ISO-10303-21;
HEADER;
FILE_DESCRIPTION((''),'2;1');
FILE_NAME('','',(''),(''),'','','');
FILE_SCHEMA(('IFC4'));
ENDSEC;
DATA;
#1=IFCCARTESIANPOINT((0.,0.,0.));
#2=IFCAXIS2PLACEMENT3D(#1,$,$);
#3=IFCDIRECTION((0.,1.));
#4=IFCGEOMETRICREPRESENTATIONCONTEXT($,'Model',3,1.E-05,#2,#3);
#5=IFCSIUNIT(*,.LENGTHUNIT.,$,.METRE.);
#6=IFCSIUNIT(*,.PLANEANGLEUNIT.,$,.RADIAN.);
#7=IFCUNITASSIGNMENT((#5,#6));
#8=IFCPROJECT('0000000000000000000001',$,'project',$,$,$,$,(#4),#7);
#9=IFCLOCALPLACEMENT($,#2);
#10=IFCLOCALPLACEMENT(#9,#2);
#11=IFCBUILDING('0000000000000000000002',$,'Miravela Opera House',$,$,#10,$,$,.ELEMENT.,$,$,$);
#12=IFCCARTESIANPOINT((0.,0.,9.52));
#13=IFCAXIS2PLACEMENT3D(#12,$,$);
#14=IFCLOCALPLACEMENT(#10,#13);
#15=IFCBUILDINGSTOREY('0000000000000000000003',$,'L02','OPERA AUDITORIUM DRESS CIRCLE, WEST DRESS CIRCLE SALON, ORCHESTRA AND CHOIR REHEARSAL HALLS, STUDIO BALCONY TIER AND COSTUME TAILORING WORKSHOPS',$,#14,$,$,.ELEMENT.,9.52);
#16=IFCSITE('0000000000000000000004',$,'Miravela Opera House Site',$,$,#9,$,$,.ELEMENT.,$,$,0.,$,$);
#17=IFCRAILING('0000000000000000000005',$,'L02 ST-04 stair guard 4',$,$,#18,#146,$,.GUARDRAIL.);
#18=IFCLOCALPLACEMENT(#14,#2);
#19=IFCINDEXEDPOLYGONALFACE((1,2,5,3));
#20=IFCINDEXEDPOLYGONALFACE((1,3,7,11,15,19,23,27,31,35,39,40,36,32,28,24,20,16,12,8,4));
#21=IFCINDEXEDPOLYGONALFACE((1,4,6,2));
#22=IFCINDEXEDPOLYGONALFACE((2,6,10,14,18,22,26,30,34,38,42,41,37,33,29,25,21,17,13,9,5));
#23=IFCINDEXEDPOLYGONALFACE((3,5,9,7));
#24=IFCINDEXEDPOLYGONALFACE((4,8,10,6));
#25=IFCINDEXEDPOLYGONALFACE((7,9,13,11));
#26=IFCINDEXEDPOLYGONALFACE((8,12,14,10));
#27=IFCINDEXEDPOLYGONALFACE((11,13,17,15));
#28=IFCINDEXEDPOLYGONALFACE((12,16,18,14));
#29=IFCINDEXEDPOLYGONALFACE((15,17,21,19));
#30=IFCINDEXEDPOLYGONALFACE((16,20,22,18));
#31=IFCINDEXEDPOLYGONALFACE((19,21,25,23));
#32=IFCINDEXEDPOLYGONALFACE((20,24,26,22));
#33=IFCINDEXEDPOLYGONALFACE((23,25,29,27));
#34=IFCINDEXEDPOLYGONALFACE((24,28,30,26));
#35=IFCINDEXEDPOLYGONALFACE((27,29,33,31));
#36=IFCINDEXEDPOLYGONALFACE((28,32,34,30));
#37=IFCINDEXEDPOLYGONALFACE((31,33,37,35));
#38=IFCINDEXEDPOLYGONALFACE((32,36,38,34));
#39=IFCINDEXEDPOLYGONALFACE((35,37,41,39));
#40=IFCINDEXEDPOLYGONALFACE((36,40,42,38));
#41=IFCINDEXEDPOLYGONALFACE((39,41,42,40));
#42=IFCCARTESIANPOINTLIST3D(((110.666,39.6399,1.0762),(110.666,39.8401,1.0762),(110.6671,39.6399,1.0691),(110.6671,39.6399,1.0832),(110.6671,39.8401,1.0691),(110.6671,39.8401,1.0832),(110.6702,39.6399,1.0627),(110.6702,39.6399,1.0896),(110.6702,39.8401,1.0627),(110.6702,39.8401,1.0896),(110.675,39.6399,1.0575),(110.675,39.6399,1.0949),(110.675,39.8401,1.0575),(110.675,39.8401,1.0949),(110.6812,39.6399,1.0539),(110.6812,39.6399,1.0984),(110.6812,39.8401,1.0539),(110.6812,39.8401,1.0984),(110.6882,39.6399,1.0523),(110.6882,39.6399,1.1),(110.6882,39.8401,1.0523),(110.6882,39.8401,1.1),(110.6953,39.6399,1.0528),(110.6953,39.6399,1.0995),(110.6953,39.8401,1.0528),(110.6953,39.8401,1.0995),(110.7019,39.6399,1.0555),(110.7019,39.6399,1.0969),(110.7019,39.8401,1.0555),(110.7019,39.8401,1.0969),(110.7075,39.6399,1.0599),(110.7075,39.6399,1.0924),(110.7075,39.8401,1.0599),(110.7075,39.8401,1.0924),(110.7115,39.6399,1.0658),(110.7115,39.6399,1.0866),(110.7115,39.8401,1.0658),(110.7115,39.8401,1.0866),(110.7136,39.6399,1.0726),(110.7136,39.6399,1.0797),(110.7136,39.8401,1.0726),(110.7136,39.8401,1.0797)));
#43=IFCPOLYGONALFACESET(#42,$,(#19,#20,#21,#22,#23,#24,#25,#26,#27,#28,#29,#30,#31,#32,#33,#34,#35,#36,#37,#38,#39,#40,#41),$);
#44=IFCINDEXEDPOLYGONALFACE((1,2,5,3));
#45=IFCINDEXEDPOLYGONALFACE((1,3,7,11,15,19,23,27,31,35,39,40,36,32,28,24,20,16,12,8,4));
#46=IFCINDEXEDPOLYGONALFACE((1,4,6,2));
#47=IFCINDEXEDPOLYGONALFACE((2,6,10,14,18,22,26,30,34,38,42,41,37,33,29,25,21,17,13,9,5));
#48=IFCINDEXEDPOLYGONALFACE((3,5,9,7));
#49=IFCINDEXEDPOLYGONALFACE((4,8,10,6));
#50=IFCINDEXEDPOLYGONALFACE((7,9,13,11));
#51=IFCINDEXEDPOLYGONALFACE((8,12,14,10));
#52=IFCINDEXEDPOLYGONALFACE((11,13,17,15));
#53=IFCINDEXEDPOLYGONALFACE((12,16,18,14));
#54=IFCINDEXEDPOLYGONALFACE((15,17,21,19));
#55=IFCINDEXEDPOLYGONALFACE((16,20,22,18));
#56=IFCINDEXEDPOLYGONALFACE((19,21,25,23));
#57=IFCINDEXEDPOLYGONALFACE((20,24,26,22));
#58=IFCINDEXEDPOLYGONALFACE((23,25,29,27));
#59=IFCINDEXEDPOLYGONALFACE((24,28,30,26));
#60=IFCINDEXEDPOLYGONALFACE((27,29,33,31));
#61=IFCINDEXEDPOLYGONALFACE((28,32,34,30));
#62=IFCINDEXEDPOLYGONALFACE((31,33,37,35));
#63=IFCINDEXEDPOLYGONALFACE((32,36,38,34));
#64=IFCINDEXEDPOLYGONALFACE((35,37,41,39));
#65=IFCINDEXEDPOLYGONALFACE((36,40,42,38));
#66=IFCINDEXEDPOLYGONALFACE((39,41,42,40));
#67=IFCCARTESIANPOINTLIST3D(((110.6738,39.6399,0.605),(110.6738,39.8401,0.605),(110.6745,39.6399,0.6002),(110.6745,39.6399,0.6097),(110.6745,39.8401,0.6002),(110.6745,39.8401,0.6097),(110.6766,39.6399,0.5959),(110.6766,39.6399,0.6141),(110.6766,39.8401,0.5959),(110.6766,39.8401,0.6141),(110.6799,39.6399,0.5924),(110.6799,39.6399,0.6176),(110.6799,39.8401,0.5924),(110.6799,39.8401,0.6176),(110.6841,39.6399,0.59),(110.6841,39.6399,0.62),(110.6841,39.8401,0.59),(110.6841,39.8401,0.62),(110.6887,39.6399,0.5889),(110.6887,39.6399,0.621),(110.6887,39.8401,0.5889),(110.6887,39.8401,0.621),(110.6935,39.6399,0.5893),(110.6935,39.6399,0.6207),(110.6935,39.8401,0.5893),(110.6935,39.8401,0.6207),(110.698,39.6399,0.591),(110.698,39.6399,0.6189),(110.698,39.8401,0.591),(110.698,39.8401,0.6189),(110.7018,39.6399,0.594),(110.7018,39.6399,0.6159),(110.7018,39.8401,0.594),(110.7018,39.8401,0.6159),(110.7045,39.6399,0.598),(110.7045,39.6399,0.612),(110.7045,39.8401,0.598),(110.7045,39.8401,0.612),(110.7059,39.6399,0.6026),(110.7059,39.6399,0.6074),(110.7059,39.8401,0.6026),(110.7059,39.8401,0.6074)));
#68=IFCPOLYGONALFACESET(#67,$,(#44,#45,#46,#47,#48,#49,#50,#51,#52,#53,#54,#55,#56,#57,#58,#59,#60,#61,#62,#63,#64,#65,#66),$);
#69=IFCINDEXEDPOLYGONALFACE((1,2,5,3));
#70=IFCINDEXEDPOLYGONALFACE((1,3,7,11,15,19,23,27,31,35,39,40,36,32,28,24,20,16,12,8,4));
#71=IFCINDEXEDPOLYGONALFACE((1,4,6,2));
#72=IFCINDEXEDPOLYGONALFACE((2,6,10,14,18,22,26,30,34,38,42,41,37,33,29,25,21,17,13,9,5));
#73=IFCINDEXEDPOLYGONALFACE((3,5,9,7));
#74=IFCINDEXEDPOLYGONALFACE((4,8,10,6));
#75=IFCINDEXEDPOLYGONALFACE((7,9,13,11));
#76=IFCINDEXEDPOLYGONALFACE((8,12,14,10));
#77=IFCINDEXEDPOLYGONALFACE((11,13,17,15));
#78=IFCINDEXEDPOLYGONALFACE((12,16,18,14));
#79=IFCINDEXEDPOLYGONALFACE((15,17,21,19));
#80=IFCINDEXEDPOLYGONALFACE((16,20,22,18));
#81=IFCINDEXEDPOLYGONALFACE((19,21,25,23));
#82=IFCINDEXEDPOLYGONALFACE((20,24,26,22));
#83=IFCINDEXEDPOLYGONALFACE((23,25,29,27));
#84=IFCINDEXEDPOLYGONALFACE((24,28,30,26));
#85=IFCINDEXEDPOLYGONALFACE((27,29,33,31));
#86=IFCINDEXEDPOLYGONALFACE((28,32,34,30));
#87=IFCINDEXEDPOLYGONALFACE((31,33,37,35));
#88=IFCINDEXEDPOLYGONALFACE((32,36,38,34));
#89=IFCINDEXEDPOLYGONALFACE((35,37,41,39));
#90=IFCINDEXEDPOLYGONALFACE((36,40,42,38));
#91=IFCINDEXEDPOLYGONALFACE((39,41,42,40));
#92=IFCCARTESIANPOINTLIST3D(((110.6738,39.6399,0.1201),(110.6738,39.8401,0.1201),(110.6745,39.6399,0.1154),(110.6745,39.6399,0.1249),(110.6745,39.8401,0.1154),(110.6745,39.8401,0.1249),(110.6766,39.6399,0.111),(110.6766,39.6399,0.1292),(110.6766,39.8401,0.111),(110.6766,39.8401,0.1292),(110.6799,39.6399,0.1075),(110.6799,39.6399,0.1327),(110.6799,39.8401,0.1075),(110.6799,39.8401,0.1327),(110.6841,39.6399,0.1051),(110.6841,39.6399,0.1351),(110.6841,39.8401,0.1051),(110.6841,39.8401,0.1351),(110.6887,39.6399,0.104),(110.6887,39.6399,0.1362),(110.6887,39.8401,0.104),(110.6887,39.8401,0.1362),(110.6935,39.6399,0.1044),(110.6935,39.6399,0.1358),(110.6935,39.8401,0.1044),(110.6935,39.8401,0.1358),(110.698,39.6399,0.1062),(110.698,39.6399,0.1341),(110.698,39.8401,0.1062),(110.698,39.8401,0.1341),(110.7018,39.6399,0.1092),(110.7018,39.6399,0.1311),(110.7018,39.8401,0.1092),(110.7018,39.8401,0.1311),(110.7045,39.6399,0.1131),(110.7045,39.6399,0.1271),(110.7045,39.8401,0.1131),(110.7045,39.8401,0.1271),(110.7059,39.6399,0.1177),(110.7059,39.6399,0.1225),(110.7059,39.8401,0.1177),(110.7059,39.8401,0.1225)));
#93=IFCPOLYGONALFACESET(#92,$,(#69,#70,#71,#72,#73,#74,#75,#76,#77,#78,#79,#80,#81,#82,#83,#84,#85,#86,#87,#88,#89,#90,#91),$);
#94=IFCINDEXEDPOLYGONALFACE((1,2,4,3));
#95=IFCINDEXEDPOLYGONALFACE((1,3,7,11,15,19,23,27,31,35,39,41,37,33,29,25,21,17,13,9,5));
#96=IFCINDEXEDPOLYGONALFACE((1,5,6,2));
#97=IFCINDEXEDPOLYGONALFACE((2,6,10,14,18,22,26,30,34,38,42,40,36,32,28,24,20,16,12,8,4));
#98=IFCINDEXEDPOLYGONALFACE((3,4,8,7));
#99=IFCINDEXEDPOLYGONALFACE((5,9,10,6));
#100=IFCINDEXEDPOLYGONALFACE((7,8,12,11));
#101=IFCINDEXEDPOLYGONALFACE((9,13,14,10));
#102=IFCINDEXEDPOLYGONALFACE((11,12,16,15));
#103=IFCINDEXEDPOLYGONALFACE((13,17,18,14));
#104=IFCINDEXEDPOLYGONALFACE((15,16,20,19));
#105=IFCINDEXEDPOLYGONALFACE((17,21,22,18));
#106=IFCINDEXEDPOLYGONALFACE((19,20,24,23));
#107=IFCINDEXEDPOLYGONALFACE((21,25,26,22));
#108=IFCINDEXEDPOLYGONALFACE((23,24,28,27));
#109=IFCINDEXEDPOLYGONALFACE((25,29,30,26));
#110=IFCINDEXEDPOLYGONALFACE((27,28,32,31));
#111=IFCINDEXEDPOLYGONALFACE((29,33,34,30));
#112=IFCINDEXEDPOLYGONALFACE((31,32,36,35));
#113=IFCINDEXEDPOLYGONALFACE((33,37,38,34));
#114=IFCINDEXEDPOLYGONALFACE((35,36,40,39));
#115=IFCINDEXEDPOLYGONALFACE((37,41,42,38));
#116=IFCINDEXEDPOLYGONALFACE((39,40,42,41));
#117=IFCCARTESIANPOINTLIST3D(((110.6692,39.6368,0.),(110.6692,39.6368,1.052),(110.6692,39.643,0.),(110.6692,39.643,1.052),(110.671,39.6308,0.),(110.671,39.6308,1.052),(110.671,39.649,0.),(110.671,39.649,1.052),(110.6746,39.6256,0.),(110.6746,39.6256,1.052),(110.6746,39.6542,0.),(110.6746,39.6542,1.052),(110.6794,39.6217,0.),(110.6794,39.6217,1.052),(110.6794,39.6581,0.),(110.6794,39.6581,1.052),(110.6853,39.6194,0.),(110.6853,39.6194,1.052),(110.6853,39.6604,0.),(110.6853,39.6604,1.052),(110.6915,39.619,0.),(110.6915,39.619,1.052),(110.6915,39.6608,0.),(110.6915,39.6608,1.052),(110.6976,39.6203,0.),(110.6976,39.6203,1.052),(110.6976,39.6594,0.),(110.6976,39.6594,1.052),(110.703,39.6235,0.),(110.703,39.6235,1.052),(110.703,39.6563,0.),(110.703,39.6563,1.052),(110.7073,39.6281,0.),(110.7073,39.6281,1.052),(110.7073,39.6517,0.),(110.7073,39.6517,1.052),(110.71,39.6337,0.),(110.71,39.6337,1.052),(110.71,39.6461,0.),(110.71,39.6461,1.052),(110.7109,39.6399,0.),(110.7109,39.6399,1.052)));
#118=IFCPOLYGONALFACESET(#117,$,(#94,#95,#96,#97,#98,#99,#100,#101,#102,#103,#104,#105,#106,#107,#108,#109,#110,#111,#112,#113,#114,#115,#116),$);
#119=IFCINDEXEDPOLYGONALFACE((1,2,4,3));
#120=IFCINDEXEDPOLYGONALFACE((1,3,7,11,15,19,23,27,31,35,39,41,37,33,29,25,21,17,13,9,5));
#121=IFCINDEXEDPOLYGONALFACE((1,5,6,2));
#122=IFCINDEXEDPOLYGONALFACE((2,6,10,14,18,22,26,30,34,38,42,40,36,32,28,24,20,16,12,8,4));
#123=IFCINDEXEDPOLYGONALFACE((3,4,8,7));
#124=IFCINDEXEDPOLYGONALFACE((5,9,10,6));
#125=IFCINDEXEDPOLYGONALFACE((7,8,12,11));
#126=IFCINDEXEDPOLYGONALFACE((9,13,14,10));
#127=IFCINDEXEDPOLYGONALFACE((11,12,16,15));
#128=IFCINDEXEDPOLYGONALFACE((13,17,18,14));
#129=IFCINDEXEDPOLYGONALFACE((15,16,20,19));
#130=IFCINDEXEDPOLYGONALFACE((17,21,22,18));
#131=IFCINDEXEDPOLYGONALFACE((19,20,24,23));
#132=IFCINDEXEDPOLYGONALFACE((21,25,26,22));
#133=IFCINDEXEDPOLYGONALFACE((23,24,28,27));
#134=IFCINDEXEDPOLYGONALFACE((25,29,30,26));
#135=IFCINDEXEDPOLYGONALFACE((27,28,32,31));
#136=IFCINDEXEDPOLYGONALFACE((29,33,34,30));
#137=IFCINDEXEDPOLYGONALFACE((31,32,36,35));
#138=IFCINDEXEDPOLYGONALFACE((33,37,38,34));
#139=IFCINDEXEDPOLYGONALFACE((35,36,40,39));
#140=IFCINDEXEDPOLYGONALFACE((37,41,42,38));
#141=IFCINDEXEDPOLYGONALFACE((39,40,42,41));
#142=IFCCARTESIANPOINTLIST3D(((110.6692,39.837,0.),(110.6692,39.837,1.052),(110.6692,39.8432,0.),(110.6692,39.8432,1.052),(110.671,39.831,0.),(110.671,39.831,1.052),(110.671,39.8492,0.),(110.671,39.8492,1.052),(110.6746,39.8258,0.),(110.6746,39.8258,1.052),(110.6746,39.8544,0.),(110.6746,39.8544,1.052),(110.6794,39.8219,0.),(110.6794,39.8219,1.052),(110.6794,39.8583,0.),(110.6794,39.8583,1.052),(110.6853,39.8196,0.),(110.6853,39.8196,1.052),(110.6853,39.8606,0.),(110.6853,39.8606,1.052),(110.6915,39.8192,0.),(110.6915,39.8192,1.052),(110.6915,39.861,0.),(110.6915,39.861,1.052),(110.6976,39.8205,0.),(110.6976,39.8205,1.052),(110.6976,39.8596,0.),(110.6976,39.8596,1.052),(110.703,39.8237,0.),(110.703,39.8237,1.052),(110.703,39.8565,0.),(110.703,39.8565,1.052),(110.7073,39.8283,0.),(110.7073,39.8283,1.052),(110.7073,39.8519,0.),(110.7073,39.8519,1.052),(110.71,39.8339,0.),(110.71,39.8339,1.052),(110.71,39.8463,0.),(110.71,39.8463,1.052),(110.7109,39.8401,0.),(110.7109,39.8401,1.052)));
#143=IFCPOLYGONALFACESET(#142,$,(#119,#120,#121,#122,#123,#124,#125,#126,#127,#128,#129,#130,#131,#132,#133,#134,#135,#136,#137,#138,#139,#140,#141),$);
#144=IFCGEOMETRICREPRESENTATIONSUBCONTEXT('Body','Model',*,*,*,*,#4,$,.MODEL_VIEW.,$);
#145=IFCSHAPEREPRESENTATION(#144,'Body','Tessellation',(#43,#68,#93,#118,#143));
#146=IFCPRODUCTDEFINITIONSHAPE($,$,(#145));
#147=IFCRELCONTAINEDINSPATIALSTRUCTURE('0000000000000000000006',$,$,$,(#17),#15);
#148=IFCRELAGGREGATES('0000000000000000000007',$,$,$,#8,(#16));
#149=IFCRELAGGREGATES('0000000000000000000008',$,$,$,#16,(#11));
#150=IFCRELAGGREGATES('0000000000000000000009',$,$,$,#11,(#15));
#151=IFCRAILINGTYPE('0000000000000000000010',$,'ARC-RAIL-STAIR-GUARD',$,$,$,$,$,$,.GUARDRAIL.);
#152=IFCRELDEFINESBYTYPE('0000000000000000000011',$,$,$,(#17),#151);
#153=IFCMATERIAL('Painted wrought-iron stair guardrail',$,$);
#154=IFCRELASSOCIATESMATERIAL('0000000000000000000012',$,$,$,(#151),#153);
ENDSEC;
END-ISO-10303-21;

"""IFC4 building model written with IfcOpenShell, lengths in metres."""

from ifc_helpers import new_model, si_unit, direction, frame, origin, origin_2d, place, context, subcontext, project, spatial, circle, extrude, material, type_object, element, save


model = new_model("IFC4")

# Units and contexts
model_context = context("Model", 3, precision=1e-05, world=origin(), true_north=direction((0.0, 1.0)))
body_context = subcontext(model_context, "Body", "Model", "MODEL_VIEW")
ifc_project = project(units=[si_unit("LENGTHUNIT", "METRE"), si_unit("PLANEANGLEUNIT", "RADIAN")], contexts=[model_context])

# Site, building, storey
site_placement = place(None, origin())
site = spatial("IfcSite", under=ifc_project, at=site_placement, Name="Miravela Opera House Site", CompositionType="ELEMENT", RefElevation=0.0)
building_placement = place(site_placement, origin())
building = spatial("IfcBuilding", under=site, at=building_placement, Name="Miravela Opera House", CompositionType="ELEMENT")
storey_placement = place(building_placement, frame((0.0, 0.0, 9.52)))
storey = spatial("IfcBuildingStorey", under=building, at=storey_placement, Name="L02", Description="OPERA AUDITORIUM DRESS CIRCLE, WEST DRESS CIRCLE SALON, ORCHESTRA AND CHOIR REHEARSAL HALLS, STUDIO BALCONY TIER AND COSTUME TAILORING WORKSHOPS", CompositionType="ELEMENT", Elevation=9.52)

# Railing
ifc_material_1 = material(Name="Painted wrought-iron stair guardrail")
railing_type_1 = type_object("IfcRailingType", Name="ARC-RAIL-STAIR-GUARD", PredefinedType="GUARDRAIL", material=ifc_material_1)
railing_1_placement = place(storey_placement, frame((110.6899, 39.6399, 0.0)))
element("IfcRailing", 1, at=railing_1_placement, inside=storey, type_object=railing_type_1, Name="L02 ST-04 stair guard 4", PredefinedType="GUARDRAIL", context=body_context, shape_type="SweptSolid", body=[
    extrude(circle(Radius=0.0239, at=origin_2d()), frame((0.0, 0.0, 1.0762), z_axis=(0.0, 1.0, 0.0), x_axis=(-1.0, 0.0, 0.0)), (0.0, 0.0, 1.0), 0.2002),
    extrude(circle(Radius=0.0161, at=origin_2d()), frame((0.0, 0.0, 0.605), z_axis=(0.0, 1.0, 0.0), x_axis=(-1.0, 0.0, 0.0)), (0.0, 0.0, 1.0), 0.2002),
    extrude(circle(Radius=0.0161, at=origin_2d()), frame((0.0, 0.0, 0.1201), z_axis=(0.0, 1.0, 0.0), x_axis=(-1.0, 0.0, 0.0)), (0.0, 0.0, 1.0), 0.2002),
    extrude(circle(Radius=0.021, at=origin_2d()), origin(), (0.0, 0.0, 1.0), 1.052),
    extrude(circle(Radius=0.021, at=origin_2d()), frame((0.0, 0.2002, 0.0)), (0.0, 0.0, 1.0), 1.052),
])

save(model, "model.ifc")
